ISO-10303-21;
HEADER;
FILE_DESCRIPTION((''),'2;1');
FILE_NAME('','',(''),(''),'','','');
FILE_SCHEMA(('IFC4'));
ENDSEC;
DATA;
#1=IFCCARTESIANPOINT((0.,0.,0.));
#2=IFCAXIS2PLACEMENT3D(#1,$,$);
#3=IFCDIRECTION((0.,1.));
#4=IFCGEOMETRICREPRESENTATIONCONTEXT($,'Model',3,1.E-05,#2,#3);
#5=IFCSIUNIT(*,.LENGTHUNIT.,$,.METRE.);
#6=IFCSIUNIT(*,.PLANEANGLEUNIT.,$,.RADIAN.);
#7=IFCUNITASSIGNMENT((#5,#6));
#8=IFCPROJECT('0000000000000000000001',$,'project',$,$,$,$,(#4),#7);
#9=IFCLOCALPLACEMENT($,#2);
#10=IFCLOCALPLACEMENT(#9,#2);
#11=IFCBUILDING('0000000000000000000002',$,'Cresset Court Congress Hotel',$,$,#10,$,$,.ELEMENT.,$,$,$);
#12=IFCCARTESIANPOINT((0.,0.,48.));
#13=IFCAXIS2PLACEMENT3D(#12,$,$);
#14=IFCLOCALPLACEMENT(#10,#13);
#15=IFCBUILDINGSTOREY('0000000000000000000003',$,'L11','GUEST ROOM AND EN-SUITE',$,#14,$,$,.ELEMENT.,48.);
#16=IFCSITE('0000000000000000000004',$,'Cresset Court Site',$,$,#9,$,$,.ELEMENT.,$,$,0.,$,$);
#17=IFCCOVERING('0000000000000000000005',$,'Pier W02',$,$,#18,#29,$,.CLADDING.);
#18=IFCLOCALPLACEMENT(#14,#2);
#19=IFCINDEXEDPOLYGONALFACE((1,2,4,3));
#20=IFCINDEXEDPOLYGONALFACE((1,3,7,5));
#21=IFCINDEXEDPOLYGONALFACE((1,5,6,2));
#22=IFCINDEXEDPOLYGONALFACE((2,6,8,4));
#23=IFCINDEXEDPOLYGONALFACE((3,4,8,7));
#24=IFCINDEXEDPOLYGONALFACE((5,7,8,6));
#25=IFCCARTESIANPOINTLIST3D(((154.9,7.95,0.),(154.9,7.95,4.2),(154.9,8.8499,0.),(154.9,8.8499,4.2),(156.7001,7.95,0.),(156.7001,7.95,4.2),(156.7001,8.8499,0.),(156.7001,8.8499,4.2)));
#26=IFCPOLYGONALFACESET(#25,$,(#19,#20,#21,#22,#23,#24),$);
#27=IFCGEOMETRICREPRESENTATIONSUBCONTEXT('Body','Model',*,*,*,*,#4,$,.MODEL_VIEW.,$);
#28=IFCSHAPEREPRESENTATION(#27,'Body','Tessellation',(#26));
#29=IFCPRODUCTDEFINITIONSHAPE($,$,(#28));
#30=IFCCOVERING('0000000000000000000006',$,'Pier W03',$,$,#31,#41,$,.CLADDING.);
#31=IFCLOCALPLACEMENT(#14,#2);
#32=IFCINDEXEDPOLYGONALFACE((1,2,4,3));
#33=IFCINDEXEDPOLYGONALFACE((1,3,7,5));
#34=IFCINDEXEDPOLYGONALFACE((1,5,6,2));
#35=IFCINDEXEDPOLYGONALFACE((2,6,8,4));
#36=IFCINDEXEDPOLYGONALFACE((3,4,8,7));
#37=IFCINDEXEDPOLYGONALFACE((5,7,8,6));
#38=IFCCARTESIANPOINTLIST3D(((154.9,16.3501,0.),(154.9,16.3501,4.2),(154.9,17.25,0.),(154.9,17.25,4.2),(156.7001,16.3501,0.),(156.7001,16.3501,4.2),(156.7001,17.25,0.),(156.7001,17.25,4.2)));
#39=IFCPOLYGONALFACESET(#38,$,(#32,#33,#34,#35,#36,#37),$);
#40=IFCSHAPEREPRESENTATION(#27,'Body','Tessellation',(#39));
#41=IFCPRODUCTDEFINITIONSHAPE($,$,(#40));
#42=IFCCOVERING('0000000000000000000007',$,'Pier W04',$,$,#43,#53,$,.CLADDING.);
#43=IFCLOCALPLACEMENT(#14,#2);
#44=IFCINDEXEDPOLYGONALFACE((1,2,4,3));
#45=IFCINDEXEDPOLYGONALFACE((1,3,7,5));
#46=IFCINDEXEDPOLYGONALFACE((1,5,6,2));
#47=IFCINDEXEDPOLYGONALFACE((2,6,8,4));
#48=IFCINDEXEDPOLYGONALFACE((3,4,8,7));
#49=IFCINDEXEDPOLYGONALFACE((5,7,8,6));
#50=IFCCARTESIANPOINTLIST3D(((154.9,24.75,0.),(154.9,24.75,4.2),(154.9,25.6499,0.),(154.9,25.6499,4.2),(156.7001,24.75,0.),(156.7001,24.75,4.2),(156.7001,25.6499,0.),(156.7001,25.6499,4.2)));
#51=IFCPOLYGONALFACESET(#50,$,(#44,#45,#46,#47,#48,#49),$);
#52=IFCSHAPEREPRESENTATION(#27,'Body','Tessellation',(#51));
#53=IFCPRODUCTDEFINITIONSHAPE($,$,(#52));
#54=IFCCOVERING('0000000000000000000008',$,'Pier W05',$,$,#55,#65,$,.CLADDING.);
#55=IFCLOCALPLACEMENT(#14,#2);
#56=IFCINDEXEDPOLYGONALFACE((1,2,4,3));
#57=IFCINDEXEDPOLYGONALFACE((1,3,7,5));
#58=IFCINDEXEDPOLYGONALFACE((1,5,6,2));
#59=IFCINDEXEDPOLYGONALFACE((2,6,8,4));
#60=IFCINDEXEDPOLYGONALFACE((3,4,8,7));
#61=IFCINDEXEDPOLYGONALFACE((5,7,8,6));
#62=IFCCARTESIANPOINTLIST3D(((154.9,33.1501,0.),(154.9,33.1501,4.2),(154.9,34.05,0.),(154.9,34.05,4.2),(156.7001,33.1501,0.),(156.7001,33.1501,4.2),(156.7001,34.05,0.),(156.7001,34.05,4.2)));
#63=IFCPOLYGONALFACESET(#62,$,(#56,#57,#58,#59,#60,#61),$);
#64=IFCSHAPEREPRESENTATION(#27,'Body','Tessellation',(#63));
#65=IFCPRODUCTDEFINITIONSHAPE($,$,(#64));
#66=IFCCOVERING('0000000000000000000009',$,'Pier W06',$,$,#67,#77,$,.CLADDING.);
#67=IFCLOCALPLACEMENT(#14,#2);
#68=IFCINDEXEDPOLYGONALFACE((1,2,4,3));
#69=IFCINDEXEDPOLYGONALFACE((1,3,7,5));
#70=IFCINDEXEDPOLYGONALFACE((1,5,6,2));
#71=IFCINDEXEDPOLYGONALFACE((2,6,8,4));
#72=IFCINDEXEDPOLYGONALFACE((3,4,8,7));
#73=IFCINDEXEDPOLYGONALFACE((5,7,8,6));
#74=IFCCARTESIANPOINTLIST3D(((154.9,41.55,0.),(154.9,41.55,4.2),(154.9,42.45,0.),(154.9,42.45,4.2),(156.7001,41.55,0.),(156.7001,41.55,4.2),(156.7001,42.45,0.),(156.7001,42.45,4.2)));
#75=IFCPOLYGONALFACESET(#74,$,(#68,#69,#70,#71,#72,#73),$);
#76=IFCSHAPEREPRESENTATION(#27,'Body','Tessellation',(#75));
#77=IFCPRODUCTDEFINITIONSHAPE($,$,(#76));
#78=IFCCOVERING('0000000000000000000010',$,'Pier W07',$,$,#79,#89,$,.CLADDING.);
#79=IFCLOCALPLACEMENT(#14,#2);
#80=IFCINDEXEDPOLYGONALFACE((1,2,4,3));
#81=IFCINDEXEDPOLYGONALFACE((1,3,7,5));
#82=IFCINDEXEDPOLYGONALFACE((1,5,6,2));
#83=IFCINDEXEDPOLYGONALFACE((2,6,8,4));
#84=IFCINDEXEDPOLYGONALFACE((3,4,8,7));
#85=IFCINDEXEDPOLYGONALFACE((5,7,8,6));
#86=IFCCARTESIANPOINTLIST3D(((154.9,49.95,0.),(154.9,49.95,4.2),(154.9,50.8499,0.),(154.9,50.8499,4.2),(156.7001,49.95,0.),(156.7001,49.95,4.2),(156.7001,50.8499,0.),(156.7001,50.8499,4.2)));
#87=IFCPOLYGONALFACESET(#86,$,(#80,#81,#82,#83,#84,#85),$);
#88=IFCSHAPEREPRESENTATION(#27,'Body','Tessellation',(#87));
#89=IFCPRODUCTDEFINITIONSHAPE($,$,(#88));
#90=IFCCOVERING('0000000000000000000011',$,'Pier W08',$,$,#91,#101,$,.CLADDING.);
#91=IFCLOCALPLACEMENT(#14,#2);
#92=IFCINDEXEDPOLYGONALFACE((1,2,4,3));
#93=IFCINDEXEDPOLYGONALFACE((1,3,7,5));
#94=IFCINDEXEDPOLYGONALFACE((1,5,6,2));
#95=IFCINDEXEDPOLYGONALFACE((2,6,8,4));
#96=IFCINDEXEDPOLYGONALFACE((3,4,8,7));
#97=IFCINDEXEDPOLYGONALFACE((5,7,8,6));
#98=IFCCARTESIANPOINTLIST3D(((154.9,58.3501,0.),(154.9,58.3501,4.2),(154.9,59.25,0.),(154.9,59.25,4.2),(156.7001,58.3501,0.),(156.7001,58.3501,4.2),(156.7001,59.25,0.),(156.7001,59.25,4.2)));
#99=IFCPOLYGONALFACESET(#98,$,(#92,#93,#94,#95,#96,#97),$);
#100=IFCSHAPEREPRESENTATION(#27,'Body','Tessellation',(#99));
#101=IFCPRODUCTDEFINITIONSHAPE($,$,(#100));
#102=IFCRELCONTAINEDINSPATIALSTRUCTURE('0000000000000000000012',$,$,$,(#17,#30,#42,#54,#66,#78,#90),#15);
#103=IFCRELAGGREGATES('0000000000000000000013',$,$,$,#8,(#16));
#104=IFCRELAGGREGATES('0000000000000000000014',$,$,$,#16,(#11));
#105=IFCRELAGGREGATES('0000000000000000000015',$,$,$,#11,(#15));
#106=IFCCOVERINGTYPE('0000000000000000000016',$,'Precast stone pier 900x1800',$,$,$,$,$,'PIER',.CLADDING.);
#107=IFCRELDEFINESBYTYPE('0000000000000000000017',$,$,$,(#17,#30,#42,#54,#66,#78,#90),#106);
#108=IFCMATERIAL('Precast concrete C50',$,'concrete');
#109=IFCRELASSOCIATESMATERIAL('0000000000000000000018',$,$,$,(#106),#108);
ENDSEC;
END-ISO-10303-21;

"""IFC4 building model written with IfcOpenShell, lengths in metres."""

from ifc_helpers import new_model, si_unit, direction, frame, origin, origin_2d, place, context, subcontext, project, spatial, rectangle, extrude, material, type_object, element, save


model = new_model("IFC4")

# Units and contexts
model_context = context("Model", 3, precision=1e-05, world=origin(), true_north=direction((0.0, 1.0)))
body_context = subcontext(model_context, "Body", "Model", "MODEL_VIEW")
ifc_project = project(units=[si_unit("LENGTHUNIT", "METRE"), si_unit("PLANEANGLEUNIT", "RADIAN")], contexts=[model_context])

# Site, building, storey
site_placement = place(None, origin())
site = spatial("IfcSite", under=ifc_project, at=site_placement, Name="Cresset Court Site", CompositionType="ELEMENT", RefElevation=0.0)
building_placement = place(site_placement, origin())
building = spatial("IfcBuilding", under=site, at=building_placement, Name="Cresset Court Congress Hotel", CompositionType="ELEMENT")
storey_placement = place(building_placement, frame((0.0, 0.0, 48.0)))
storey = spatial("IfcBuildingStorey", under=building, at=storey_placement, Name="L11", Description="GUEST ROOM AND EN-SUITE", CompositionType="ELEMENT", Elevation=48.0)

# Coverings
ifc_material_1 = material(Name="Precast concrete C50", Category="concrete")
covering_type_1 = type_object("IfcCoveringType", Name="Precast stone pier 900x1800", ElementType="PIER", PredefinedType="CLADDING", material=ifc_material_1)
for number, where, z_axis, x_axis, name in (
    (1, (155.8, 8.3999, 0.0), (0.0, 0.0, 1.0), (1.0, 0.0, 0.0), "Pier W02"),
    (2, (155.8, 16.8, 0.0), (0.0, 0.0, 1.0), (1.0, 0.0, 0.0), "Pier W03"),
    (3, (155.8, 25.2, 0.0), (0.0, 0.0, 1.0), (1.0, 0.0, 0.0), "Pier W04"),
    (4, (155.8, 33.6001, 0.0), (0.0, 0.0, 1.0), (1.0, 0.0, 0.0), "Pier W05"),
    (5, (155.8, 42.0, 0.0), (0.0, 0.0, 1.0), (1.0, 0.0, 0.0), "Pier W06"),
    (6, (155.8, 50.3999, 0.0), (0.0, 0.0, 1.0), (1.0, 0.0, 0.0), "Pier W07"),
    (7, (155.8, 58.8, 0.0), (0.0, 0.0, 1.0), (1.0, 0.0, 0.0), "Pier W08"),
):
    element("IfcCovering", number, at=place(storey_placement, frame(where, z_axis=z_axis, x_axis=x_axis)), inside=storey, type_object=covering_type_1, Name=name, PredefinedType="CLADDING", context=body_context, shape_type="SweptSolid", body=[
        extrude(rectangle(XDim=1.8, YDim=0.8999, at=origin_2d()), origin(), (0.0, 0.0, 1.0), 4.2),
    ])

save(model, "model.ifc")
